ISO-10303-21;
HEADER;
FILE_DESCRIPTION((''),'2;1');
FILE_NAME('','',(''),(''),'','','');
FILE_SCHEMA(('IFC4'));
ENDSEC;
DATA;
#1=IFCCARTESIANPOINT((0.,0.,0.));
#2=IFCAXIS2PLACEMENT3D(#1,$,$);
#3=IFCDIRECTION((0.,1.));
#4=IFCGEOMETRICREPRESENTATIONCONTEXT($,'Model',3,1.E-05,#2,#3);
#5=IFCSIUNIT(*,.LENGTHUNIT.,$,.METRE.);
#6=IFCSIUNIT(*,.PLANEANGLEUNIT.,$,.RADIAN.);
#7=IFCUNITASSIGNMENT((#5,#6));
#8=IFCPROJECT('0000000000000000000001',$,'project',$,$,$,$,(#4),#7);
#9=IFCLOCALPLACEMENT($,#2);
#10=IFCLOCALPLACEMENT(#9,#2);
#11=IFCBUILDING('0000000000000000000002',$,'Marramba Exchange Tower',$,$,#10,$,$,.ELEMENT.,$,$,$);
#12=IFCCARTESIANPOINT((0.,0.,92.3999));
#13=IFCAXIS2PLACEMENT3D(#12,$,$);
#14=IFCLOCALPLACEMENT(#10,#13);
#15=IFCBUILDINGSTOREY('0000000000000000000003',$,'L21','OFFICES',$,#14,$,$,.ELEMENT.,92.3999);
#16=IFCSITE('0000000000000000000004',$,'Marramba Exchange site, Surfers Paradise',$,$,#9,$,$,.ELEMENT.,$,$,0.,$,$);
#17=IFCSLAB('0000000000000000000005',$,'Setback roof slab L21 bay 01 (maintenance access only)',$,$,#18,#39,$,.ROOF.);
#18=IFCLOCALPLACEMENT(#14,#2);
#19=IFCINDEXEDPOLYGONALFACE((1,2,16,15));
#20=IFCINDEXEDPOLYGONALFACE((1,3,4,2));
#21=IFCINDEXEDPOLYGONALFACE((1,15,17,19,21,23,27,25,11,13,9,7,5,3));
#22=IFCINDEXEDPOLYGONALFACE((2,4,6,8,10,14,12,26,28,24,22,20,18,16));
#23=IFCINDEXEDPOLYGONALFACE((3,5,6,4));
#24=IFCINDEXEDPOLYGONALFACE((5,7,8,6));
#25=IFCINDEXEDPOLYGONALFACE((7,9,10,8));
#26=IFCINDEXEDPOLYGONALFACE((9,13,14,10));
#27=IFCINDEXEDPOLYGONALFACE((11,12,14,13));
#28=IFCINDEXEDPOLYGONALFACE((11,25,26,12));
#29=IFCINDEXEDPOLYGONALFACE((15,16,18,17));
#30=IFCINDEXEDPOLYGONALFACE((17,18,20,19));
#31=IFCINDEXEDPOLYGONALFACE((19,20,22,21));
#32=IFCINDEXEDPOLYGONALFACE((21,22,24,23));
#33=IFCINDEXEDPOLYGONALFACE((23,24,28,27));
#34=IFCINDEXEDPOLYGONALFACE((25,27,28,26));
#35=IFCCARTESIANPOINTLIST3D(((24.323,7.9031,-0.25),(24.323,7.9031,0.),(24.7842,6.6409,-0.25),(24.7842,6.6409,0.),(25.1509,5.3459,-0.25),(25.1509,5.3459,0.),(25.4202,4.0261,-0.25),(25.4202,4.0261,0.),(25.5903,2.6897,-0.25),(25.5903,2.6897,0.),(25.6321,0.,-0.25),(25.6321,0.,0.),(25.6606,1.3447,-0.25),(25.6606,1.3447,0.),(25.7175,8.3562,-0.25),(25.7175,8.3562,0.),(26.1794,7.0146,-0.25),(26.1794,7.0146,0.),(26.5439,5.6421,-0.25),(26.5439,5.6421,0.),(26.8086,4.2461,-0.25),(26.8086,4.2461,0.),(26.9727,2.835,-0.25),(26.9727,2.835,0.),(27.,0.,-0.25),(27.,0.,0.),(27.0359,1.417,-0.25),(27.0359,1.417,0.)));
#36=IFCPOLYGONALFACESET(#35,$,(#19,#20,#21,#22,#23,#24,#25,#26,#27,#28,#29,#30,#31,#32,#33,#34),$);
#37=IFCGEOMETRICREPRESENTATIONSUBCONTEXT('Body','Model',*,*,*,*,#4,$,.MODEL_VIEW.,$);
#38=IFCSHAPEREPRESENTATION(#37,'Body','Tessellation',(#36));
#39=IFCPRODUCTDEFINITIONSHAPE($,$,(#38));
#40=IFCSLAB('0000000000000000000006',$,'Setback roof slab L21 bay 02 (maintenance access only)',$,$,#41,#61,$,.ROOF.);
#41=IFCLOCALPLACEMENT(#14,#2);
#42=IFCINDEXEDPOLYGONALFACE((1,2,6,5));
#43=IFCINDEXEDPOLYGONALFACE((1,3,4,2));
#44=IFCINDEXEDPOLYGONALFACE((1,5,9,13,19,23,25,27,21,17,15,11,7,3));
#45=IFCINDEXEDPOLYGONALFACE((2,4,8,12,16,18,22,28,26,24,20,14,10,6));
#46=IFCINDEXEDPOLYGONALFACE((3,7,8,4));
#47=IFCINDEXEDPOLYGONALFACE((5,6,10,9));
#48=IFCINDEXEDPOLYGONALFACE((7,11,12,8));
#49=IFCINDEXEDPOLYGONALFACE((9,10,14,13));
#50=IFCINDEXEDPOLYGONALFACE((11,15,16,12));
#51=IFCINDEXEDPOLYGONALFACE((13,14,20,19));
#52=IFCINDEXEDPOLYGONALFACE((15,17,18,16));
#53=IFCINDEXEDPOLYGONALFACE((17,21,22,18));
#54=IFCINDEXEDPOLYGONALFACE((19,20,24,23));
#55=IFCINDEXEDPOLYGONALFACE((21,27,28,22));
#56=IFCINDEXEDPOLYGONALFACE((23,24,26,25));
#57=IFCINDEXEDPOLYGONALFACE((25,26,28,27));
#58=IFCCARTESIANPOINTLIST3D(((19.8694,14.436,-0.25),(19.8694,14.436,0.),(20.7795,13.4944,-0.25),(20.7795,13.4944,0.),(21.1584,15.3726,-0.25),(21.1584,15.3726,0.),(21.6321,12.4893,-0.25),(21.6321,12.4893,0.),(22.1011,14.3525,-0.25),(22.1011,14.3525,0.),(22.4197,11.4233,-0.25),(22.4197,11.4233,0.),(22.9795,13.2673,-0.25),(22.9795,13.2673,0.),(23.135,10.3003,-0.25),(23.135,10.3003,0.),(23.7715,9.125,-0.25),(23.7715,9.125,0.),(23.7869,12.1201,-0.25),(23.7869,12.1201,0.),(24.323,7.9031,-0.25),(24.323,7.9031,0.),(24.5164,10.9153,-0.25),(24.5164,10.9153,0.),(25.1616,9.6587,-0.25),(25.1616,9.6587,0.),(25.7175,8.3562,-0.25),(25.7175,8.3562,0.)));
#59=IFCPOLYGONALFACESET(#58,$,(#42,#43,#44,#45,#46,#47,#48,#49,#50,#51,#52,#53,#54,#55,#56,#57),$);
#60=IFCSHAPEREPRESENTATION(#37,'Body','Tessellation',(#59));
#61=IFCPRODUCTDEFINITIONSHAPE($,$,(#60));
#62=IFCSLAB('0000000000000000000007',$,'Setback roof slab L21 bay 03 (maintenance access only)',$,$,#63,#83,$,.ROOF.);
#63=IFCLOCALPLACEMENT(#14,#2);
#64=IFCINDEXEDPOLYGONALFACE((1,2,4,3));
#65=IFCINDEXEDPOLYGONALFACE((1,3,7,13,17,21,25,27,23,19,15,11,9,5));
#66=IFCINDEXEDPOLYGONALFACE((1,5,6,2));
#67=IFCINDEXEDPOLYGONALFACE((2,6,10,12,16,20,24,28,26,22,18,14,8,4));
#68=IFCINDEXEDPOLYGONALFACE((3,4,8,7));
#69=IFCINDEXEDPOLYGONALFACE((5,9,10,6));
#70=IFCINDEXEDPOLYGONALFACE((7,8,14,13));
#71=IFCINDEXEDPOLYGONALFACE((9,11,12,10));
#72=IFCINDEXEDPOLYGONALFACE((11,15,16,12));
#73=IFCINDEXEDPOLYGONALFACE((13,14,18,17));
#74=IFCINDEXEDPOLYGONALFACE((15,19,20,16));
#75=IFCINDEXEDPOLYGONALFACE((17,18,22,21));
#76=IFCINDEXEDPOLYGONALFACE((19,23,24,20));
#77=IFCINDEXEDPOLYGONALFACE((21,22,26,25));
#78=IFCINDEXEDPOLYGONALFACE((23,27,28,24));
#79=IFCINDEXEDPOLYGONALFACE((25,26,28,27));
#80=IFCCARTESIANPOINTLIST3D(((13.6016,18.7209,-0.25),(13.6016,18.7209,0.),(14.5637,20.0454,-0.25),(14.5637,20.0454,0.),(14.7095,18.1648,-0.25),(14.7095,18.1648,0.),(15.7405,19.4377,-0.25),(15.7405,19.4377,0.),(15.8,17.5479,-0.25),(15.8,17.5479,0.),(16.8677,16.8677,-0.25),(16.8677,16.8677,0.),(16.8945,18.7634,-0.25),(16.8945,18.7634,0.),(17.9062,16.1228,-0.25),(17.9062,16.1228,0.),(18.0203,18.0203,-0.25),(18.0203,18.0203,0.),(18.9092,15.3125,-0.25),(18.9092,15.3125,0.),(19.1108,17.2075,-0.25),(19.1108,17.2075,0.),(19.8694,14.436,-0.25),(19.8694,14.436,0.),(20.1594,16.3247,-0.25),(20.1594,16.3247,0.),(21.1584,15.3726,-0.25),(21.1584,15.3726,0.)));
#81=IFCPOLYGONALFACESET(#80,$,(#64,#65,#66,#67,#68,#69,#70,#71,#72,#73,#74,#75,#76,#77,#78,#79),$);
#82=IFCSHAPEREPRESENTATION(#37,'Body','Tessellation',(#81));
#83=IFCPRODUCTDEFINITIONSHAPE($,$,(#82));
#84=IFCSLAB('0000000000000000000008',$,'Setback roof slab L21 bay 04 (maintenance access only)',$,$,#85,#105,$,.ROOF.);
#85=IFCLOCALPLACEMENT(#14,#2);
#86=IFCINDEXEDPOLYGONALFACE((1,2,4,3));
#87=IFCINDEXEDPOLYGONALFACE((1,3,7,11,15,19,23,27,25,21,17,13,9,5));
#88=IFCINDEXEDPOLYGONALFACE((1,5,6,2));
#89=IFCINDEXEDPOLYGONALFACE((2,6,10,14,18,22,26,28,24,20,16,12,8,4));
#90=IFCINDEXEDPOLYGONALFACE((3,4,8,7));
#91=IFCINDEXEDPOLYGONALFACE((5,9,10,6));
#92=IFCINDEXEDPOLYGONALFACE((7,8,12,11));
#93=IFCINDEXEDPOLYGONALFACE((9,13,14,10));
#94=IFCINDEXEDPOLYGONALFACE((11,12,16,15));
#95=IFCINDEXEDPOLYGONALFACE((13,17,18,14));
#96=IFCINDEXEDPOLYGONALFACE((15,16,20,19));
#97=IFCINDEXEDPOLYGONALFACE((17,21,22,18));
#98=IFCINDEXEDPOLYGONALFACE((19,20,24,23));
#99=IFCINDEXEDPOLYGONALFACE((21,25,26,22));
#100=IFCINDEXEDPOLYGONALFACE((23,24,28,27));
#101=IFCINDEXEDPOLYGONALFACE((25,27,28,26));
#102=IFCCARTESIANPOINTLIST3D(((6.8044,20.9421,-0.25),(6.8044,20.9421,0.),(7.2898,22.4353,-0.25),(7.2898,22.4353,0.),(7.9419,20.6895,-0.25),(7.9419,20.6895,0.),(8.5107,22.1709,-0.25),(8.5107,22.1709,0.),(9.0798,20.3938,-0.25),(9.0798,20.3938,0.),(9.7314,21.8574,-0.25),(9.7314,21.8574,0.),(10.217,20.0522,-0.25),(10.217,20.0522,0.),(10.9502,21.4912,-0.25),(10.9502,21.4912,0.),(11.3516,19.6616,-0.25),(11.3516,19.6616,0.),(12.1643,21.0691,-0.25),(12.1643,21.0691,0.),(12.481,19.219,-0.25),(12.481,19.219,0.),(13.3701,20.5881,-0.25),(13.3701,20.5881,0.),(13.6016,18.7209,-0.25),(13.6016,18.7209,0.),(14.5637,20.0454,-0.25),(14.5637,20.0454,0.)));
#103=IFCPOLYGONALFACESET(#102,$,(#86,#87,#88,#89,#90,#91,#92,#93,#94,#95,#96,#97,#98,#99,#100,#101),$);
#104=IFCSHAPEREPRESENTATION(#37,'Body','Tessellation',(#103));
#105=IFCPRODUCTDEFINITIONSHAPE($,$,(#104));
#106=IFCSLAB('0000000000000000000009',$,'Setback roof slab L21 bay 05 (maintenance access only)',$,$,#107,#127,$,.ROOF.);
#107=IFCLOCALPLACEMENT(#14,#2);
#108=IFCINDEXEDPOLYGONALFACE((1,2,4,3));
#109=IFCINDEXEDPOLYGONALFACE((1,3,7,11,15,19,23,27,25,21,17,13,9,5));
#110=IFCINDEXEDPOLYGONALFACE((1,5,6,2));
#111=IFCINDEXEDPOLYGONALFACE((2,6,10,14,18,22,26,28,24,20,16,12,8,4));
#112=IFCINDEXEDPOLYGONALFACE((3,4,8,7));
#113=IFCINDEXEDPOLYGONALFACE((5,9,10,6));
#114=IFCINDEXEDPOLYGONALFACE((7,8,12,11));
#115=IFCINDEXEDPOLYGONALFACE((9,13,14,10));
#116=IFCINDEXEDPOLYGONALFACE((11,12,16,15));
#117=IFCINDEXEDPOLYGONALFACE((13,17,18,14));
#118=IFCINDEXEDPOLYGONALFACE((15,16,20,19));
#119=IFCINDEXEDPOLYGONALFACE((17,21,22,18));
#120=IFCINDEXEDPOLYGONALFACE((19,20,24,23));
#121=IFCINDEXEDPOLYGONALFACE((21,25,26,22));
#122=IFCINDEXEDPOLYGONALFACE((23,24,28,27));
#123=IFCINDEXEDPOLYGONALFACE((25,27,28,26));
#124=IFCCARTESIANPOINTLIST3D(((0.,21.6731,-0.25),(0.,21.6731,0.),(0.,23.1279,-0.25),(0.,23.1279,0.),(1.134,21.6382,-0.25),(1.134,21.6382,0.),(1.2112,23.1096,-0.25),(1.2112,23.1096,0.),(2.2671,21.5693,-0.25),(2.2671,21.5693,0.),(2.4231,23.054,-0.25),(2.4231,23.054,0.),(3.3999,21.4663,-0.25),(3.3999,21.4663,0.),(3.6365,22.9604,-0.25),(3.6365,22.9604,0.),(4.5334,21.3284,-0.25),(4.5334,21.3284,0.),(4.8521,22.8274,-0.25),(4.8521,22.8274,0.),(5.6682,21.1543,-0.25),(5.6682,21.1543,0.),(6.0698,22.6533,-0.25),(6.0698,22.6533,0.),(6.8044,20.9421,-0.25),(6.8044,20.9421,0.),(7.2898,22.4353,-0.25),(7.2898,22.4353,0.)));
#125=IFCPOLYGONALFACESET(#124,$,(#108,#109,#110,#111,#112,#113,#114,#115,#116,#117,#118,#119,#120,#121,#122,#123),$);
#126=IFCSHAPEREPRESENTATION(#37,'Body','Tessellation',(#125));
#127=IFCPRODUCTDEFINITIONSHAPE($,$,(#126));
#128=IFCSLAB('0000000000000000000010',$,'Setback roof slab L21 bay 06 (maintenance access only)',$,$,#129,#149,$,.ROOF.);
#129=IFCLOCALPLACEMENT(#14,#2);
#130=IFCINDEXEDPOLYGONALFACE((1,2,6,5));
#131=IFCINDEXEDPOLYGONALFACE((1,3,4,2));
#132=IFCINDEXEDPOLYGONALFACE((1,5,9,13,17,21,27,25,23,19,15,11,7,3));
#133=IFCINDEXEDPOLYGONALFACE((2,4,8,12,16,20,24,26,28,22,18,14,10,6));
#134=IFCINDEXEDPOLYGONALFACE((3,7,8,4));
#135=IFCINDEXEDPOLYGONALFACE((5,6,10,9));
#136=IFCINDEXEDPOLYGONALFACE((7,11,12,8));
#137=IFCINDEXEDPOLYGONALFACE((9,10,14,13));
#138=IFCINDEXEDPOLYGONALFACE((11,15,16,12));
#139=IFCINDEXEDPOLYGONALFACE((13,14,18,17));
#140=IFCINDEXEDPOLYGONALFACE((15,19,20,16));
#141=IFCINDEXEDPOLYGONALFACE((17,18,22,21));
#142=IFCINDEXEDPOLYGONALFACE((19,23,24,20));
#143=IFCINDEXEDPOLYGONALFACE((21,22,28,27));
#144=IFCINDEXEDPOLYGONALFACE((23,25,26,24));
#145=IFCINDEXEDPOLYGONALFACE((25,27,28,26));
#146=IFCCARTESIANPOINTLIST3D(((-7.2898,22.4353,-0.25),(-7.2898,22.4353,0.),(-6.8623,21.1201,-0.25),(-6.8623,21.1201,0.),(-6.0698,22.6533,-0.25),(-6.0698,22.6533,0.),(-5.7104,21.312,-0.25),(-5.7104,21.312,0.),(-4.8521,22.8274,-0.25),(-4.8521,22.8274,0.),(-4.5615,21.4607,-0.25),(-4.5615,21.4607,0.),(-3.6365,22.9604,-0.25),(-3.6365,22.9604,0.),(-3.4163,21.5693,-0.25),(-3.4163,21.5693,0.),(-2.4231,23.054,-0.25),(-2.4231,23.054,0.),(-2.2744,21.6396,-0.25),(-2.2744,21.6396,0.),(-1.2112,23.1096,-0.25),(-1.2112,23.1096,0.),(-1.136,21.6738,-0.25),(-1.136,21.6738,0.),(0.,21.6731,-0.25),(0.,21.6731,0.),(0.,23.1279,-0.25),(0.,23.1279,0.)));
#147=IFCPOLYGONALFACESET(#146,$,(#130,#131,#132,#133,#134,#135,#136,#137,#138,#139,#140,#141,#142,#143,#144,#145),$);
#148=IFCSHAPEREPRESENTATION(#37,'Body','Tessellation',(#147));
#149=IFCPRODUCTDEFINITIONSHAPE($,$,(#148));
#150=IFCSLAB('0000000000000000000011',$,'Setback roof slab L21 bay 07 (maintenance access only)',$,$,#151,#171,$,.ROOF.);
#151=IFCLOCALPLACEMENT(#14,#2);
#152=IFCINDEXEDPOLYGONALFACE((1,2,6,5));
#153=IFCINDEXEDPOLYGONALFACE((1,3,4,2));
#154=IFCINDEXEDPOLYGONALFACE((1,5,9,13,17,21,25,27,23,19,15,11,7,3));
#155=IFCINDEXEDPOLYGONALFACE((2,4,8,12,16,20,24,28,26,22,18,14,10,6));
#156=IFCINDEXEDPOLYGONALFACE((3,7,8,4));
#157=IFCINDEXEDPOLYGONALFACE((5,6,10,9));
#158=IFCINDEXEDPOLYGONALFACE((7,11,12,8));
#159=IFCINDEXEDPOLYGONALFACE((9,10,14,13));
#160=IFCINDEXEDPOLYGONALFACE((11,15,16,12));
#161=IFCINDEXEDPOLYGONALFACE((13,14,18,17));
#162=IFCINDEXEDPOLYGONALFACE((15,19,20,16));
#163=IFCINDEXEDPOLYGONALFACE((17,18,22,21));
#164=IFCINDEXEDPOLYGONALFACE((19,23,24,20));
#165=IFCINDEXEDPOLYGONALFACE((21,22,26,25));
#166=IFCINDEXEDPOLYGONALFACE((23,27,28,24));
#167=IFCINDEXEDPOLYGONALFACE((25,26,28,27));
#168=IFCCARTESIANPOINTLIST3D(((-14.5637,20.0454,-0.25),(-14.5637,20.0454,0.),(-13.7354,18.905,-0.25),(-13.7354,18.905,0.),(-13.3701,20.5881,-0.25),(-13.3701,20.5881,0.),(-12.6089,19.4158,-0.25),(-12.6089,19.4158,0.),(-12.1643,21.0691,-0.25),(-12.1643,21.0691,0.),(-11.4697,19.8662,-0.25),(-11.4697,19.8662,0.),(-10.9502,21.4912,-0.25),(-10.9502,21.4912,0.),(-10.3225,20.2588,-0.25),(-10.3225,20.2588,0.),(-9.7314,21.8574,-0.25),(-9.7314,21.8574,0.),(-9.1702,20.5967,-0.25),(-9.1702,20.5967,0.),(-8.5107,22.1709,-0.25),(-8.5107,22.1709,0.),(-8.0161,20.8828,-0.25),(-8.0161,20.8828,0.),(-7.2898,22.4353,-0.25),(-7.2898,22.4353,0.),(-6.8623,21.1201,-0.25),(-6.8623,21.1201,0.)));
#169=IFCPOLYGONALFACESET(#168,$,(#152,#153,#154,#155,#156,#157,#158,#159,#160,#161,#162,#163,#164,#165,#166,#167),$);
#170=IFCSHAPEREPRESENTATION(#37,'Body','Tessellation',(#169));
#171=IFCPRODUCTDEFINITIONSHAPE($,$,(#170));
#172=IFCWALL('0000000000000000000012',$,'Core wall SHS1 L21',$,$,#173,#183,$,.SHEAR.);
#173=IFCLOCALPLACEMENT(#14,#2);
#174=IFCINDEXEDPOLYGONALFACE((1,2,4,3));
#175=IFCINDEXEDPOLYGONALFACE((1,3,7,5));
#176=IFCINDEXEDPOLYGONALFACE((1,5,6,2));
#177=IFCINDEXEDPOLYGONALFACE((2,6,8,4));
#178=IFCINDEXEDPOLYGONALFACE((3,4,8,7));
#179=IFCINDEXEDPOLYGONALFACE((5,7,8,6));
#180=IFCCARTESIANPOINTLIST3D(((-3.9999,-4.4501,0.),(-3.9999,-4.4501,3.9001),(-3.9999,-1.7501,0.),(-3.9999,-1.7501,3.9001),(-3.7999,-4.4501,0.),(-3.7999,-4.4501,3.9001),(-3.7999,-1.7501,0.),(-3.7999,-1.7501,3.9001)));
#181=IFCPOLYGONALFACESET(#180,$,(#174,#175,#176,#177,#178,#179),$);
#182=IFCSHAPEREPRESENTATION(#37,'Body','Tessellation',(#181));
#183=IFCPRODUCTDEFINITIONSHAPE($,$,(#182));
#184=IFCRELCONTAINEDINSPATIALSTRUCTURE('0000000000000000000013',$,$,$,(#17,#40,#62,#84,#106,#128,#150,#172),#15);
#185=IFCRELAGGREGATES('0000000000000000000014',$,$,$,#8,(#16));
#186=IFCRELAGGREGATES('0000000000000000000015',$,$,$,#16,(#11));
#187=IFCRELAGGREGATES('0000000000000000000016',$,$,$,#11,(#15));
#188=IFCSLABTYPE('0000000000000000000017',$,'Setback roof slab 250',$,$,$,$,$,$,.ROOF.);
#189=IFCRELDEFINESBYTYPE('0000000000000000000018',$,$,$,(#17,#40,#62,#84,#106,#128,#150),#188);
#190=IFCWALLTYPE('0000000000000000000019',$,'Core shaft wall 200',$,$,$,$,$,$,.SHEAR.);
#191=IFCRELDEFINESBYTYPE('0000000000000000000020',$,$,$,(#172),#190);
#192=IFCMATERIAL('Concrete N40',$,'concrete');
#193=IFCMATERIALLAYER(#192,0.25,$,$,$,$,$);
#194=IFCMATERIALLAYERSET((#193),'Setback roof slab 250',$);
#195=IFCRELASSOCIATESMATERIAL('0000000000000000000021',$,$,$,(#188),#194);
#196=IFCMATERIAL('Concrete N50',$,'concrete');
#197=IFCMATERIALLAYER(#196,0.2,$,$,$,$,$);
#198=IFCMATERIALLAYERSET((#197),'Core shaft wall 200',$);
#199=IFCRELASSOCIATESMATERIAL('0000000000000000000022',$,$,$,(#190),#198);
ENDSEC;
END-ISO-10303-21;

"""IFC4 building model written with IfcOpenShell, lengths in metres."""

from ifc_helpers import new_model, si_unit, direction, frame, frame_2d, origin, place, context, subcontext, project, spatial, polyline, rectangle, outline, extrude, material, layer, layer_set, type_object, element, save


model = new_model("IFC4")

# Units and contexts
model_context = context("Model", 3, precision=1e-05, world=origin(), true_north=direction((0.0, 1.0)))
body_context = subcontext(model_context, "Body", "Model", "MODEL_VIEW")
ifc_project = project(units=[si_unit("LENGTHUNIT", "METRE"), si_unit("PLANEANGLEUNIT", "RADIAN")], contexts=[model_context])

# Site, building, storey
site_placement = place(None, origin())
site = spatial("IfcSite", under=ifc_project, at=site_placement, Name="Marramba Exchange site, Surfers Paradise", CompositionType="ELEMENT", RefElevation=0.0)
building_placement = place(site_placement, origin())
building = spatial("IfcBuilding", under=site, at=building_placement, Name="Marramba Exchange Tower", CompositionType="ELEMENT")
storey_placement = place(building_placement, frame((0.0, 0.0, 92.3999)))
storey = spatial("IfcBuildingStorey", under=building, at=storey_placement, Name="L21", Description="OFFICES", CompositionType="ELEMENT", Elevation=92.3999)

# Slabs
ifc_material_1 = material(Name="Concrete N40", Category="concrete")
ifc_layer_1 = layer(ifc_material_1, 0.25)
ifc_layer_set_1 = layer_set([ifc_layer_1], Name="Setback roof slab 250")
slab_type_1 = type_object("IfcSlabType", Name="Setback roof slab 250", PredefinedType="ROOF", material=ifc_layer_set_1)
slab_1_placement = place(storey_placement, frame((0.0, 0.0, -0.25)))
element("IfcSlab", 1, at=slab_1_placement, inside=storey, type_object=slab_type_1, Name="Setback roof slab L21 bay 01 (maintenance access only)", PredefinedType="ROOF", context=body_context, shape_type="SweptSolid", body=[
    extrude(outline(polyline([(25.7175, 8.3562), (26.1794, 7.0146), (26.5439, 5.6421), (26.8086, 4.2461), (26.9727, 2.835), (27.0359, 1.417), (27.0, 0.0), (25.6321, 0.0), (25.6606, 1.3447), (25.5903, 2.6897), (25.4202, 4.0261), (25.1509, 5.3459), (24.7842, 6.6409), (24.323, 7.9031), (25.7175, 8.3562)])), origin(), (0.0, 0.0, 1.0), 0.25),
])
slab_2_placement = place(storey_placement, frame((0.0, 0.0, -0.25)))
element("IfcSlab", 2, at=slab_2_placement, inside=storey, type_object=slab_type_1, Name="Setback roof slab L21 bay 02 (maintenance access only)", PredefinedType="ROOF", context=body_context, shape_type="SweptSolid", body=[
    extrude(outline(polyline([(22.1011, 14.3525), (22.9795, 13.2673), (23.7869, 12.1201), (24.5164, 10.9153), (25.1616, 9.6587), (25.7175, 8.3562), (24.323, 7.9031), (23.7715, 9.125), (23.135, 10.3003), (22.4197, 11.4233), (21.6321, 12.4893), (20.7795, 13.4944), (19.8694, 14.436), (21.1584, 15.3726), (22.1011, 14.3525)])), origin(), (0.0, 0.0, 1.0), 0.25),
])
slab_3_placement = place(storey_placement, frame((0.0, 0.0, -0.25)))
element("IfcSlab", 3, at=slab_3_placement, inside=storey, type_object=slab_type_1, Name="Setback roof slab L21 bay 03 (maintenance access only)", PredefinedType="ROOF", context=body_context, shape_type="SweptSolid", body=[
    extrude(outline(polyline([(14.5637, 20.0454), (15.7405, 19.4377), (16.8945, 18.7634), (18.0203, 18.0203), (19.1108, 17.2075), (20.1594, 16.3247), (21.1584, 15.3726), (19.8694, 14.436), (18.9092, 15.3125), (17.9062, 16.1228), (16.8677, 16.8677), (15.8, 17.5479), (14.7095, 18.1648), (13.6016, 18.7209), (14.5637, 20.0454)])), origin(), (0.0, 0.0, 1.0), 0.25),
])
slab_4_placement = place(storey_placement, frame((0.0, 0.0, -0.25)))
element("IfcSlab", 4, at=slab_4_placement, inside=storey, type_object=slab_type_1, Name="Setback roof slab L21 bay 04 (maintenance access only)", PredefinedType="ROOF", context=body_context, shape_type="SweptSolid", body=[
    extrude(outline(polyline([(8.5107, 22.1709), (9.7314, 21.8574), (10.9502, 21.4912), (12.1643, 21.0691), (13.3701, 20.5881), (14.5637, 20.0454), (13.6016, 18.7209), (12.481, 19.219), (11.3516, 19.6616), (10.217, 20.0522), (9.0798, 20.3938), (7.9419, 20.6895), (6.8044, 20.9421), (7.2898, 22.4353), (8.5107, 22.1709)])), origin(), (0.0, 0.0, 1.0), 0.25),
])
slab_5_placement = place(storey_placement, frame((0.0, 0.0, -0.25)))
element("IfcSlab", 5, at=slab_5_placement, inside=storey, type_object=slab_type_1, Name="Setback roof slab L21 bay 05 (maintenance access only)", PredefinedType="ROOF", context=body_context, shape_type="SweptSolid", body=[
    extrude(outline(polyline([(1.2112, 23.1096), (2.4231, 23.054), (3.6365, 22.9604), (4.8521, 22.8274), (6.0698, 22.6533), (7.2898, 22.4353), (6.8044, 20.9421), (5.6682, 21.1543), (4.5334, 21.3284), (3.3999, 21.4663), (2.2671, 21.5693), (1.134, 21.6382), (0.0, 21.6731), (0.0, 23.1279), (1.2112, 23.1096)])), origin(), (0.0, 0.0, 1.0), 0.25),
])
slab_6_placement = place(storey_placement, frame((0.0, 0.0, -0.25)))
element("IfcSlab", 6, at=slab_6_placement, inside=storey, type_object=slab_type_1, Name="Setback roof slab L21 bay 06 (maintenance access only)", PredefinedType="ROOF", context=body_context, shape_type="SweptSolid", body=[
    extrude(outline(polyline([(-7.2898, 22.4353), (-6.0698, 22.6533), (-4.8521, 22.8274), (-3.6365, 22.9604), (-2.4231, 23.054), (-1.2112, 23.1096), (0.0, 23.1279), (0.0, 21.6731), (-1.136, 21.6738), (-2.2744, 21.6396), (-3.4163, 21.5693), (-4.5615, 21.4607), (-5.7104, 21.312), (-6.8623, 21.1201), (-7.2898, 22.4353)])), origin(), (0.0, 0.0, 1.0), 0.25),
])
slab_7_placement = place(storey_placement, frame((0.0, 0.0, -0.25)))
element("IfcSlab", 7, at=slab_7_placement, inside=storey, type_object=slab_type_1, Name="Setback roof slab L21 bay 07 (maintenance access only)", PredefinedType="ROOF", context=body_context, shape_type="SweptSolid", body=[
    extrude(outline(polyline([(-13.3701, 20.5881), (-12.1643, 21.0691), (-10.9502, 21.4912), (-9.7314, 21.8574), (-8.5107, 22.1709), (-7.2898, 22.4353), (-6.8623, 21.1201), (-8.0161, 20.8828), (-9.1702, 20.5967), (-10.3225, 20.2588), (-11.4697, 19.8662), (-12.6089, 19.4158), (-13.7354, 18.905), (-14.5637, 20.0454), (-13.3701, 20.5881)])), origin(), (0.0, 0.0, 1.0), 0.25),
])

# Wall
ifc_material_2 = material(Name="Concrete N50", Category="concrete")
ifc_layer_2 = layer(ifc_material_2, 0.2)
ifc_layer_set_2 = layer_set([ifc_layer_2], Name="Core shaft wall 200")
wall_type_1 = type_object("IfcWallType", Name="Core shaft wall 200", PredefinedType="SHEAR", material=ifc_layer_set_2)
for number, where, z_axis, x_axis, name in (
    (8, (-3.8999, -1.75, 0.0), (0.0, 0.0, 1.0), (0.0, -1.0, 0.0), "Core wall SHS1 L21"),
):
    element("IfcWall", number, at=place(storey_placement, frame(where, z_axis=z_axis, x_axis=x_axis)), inside=storey, type_object=wall_type_1, Name=name, PredefinedType="SHEAR", context=body_context, shape_type="SweptSolid", body=[
        extrude(rectangle(XDim=2.7, YDim=0.2, at=frame_2d((1.3501, 0.0))), origin(), (0.0, 0.0, 1.0), 3.9001),
    ])

save(model, "model.ifc")
